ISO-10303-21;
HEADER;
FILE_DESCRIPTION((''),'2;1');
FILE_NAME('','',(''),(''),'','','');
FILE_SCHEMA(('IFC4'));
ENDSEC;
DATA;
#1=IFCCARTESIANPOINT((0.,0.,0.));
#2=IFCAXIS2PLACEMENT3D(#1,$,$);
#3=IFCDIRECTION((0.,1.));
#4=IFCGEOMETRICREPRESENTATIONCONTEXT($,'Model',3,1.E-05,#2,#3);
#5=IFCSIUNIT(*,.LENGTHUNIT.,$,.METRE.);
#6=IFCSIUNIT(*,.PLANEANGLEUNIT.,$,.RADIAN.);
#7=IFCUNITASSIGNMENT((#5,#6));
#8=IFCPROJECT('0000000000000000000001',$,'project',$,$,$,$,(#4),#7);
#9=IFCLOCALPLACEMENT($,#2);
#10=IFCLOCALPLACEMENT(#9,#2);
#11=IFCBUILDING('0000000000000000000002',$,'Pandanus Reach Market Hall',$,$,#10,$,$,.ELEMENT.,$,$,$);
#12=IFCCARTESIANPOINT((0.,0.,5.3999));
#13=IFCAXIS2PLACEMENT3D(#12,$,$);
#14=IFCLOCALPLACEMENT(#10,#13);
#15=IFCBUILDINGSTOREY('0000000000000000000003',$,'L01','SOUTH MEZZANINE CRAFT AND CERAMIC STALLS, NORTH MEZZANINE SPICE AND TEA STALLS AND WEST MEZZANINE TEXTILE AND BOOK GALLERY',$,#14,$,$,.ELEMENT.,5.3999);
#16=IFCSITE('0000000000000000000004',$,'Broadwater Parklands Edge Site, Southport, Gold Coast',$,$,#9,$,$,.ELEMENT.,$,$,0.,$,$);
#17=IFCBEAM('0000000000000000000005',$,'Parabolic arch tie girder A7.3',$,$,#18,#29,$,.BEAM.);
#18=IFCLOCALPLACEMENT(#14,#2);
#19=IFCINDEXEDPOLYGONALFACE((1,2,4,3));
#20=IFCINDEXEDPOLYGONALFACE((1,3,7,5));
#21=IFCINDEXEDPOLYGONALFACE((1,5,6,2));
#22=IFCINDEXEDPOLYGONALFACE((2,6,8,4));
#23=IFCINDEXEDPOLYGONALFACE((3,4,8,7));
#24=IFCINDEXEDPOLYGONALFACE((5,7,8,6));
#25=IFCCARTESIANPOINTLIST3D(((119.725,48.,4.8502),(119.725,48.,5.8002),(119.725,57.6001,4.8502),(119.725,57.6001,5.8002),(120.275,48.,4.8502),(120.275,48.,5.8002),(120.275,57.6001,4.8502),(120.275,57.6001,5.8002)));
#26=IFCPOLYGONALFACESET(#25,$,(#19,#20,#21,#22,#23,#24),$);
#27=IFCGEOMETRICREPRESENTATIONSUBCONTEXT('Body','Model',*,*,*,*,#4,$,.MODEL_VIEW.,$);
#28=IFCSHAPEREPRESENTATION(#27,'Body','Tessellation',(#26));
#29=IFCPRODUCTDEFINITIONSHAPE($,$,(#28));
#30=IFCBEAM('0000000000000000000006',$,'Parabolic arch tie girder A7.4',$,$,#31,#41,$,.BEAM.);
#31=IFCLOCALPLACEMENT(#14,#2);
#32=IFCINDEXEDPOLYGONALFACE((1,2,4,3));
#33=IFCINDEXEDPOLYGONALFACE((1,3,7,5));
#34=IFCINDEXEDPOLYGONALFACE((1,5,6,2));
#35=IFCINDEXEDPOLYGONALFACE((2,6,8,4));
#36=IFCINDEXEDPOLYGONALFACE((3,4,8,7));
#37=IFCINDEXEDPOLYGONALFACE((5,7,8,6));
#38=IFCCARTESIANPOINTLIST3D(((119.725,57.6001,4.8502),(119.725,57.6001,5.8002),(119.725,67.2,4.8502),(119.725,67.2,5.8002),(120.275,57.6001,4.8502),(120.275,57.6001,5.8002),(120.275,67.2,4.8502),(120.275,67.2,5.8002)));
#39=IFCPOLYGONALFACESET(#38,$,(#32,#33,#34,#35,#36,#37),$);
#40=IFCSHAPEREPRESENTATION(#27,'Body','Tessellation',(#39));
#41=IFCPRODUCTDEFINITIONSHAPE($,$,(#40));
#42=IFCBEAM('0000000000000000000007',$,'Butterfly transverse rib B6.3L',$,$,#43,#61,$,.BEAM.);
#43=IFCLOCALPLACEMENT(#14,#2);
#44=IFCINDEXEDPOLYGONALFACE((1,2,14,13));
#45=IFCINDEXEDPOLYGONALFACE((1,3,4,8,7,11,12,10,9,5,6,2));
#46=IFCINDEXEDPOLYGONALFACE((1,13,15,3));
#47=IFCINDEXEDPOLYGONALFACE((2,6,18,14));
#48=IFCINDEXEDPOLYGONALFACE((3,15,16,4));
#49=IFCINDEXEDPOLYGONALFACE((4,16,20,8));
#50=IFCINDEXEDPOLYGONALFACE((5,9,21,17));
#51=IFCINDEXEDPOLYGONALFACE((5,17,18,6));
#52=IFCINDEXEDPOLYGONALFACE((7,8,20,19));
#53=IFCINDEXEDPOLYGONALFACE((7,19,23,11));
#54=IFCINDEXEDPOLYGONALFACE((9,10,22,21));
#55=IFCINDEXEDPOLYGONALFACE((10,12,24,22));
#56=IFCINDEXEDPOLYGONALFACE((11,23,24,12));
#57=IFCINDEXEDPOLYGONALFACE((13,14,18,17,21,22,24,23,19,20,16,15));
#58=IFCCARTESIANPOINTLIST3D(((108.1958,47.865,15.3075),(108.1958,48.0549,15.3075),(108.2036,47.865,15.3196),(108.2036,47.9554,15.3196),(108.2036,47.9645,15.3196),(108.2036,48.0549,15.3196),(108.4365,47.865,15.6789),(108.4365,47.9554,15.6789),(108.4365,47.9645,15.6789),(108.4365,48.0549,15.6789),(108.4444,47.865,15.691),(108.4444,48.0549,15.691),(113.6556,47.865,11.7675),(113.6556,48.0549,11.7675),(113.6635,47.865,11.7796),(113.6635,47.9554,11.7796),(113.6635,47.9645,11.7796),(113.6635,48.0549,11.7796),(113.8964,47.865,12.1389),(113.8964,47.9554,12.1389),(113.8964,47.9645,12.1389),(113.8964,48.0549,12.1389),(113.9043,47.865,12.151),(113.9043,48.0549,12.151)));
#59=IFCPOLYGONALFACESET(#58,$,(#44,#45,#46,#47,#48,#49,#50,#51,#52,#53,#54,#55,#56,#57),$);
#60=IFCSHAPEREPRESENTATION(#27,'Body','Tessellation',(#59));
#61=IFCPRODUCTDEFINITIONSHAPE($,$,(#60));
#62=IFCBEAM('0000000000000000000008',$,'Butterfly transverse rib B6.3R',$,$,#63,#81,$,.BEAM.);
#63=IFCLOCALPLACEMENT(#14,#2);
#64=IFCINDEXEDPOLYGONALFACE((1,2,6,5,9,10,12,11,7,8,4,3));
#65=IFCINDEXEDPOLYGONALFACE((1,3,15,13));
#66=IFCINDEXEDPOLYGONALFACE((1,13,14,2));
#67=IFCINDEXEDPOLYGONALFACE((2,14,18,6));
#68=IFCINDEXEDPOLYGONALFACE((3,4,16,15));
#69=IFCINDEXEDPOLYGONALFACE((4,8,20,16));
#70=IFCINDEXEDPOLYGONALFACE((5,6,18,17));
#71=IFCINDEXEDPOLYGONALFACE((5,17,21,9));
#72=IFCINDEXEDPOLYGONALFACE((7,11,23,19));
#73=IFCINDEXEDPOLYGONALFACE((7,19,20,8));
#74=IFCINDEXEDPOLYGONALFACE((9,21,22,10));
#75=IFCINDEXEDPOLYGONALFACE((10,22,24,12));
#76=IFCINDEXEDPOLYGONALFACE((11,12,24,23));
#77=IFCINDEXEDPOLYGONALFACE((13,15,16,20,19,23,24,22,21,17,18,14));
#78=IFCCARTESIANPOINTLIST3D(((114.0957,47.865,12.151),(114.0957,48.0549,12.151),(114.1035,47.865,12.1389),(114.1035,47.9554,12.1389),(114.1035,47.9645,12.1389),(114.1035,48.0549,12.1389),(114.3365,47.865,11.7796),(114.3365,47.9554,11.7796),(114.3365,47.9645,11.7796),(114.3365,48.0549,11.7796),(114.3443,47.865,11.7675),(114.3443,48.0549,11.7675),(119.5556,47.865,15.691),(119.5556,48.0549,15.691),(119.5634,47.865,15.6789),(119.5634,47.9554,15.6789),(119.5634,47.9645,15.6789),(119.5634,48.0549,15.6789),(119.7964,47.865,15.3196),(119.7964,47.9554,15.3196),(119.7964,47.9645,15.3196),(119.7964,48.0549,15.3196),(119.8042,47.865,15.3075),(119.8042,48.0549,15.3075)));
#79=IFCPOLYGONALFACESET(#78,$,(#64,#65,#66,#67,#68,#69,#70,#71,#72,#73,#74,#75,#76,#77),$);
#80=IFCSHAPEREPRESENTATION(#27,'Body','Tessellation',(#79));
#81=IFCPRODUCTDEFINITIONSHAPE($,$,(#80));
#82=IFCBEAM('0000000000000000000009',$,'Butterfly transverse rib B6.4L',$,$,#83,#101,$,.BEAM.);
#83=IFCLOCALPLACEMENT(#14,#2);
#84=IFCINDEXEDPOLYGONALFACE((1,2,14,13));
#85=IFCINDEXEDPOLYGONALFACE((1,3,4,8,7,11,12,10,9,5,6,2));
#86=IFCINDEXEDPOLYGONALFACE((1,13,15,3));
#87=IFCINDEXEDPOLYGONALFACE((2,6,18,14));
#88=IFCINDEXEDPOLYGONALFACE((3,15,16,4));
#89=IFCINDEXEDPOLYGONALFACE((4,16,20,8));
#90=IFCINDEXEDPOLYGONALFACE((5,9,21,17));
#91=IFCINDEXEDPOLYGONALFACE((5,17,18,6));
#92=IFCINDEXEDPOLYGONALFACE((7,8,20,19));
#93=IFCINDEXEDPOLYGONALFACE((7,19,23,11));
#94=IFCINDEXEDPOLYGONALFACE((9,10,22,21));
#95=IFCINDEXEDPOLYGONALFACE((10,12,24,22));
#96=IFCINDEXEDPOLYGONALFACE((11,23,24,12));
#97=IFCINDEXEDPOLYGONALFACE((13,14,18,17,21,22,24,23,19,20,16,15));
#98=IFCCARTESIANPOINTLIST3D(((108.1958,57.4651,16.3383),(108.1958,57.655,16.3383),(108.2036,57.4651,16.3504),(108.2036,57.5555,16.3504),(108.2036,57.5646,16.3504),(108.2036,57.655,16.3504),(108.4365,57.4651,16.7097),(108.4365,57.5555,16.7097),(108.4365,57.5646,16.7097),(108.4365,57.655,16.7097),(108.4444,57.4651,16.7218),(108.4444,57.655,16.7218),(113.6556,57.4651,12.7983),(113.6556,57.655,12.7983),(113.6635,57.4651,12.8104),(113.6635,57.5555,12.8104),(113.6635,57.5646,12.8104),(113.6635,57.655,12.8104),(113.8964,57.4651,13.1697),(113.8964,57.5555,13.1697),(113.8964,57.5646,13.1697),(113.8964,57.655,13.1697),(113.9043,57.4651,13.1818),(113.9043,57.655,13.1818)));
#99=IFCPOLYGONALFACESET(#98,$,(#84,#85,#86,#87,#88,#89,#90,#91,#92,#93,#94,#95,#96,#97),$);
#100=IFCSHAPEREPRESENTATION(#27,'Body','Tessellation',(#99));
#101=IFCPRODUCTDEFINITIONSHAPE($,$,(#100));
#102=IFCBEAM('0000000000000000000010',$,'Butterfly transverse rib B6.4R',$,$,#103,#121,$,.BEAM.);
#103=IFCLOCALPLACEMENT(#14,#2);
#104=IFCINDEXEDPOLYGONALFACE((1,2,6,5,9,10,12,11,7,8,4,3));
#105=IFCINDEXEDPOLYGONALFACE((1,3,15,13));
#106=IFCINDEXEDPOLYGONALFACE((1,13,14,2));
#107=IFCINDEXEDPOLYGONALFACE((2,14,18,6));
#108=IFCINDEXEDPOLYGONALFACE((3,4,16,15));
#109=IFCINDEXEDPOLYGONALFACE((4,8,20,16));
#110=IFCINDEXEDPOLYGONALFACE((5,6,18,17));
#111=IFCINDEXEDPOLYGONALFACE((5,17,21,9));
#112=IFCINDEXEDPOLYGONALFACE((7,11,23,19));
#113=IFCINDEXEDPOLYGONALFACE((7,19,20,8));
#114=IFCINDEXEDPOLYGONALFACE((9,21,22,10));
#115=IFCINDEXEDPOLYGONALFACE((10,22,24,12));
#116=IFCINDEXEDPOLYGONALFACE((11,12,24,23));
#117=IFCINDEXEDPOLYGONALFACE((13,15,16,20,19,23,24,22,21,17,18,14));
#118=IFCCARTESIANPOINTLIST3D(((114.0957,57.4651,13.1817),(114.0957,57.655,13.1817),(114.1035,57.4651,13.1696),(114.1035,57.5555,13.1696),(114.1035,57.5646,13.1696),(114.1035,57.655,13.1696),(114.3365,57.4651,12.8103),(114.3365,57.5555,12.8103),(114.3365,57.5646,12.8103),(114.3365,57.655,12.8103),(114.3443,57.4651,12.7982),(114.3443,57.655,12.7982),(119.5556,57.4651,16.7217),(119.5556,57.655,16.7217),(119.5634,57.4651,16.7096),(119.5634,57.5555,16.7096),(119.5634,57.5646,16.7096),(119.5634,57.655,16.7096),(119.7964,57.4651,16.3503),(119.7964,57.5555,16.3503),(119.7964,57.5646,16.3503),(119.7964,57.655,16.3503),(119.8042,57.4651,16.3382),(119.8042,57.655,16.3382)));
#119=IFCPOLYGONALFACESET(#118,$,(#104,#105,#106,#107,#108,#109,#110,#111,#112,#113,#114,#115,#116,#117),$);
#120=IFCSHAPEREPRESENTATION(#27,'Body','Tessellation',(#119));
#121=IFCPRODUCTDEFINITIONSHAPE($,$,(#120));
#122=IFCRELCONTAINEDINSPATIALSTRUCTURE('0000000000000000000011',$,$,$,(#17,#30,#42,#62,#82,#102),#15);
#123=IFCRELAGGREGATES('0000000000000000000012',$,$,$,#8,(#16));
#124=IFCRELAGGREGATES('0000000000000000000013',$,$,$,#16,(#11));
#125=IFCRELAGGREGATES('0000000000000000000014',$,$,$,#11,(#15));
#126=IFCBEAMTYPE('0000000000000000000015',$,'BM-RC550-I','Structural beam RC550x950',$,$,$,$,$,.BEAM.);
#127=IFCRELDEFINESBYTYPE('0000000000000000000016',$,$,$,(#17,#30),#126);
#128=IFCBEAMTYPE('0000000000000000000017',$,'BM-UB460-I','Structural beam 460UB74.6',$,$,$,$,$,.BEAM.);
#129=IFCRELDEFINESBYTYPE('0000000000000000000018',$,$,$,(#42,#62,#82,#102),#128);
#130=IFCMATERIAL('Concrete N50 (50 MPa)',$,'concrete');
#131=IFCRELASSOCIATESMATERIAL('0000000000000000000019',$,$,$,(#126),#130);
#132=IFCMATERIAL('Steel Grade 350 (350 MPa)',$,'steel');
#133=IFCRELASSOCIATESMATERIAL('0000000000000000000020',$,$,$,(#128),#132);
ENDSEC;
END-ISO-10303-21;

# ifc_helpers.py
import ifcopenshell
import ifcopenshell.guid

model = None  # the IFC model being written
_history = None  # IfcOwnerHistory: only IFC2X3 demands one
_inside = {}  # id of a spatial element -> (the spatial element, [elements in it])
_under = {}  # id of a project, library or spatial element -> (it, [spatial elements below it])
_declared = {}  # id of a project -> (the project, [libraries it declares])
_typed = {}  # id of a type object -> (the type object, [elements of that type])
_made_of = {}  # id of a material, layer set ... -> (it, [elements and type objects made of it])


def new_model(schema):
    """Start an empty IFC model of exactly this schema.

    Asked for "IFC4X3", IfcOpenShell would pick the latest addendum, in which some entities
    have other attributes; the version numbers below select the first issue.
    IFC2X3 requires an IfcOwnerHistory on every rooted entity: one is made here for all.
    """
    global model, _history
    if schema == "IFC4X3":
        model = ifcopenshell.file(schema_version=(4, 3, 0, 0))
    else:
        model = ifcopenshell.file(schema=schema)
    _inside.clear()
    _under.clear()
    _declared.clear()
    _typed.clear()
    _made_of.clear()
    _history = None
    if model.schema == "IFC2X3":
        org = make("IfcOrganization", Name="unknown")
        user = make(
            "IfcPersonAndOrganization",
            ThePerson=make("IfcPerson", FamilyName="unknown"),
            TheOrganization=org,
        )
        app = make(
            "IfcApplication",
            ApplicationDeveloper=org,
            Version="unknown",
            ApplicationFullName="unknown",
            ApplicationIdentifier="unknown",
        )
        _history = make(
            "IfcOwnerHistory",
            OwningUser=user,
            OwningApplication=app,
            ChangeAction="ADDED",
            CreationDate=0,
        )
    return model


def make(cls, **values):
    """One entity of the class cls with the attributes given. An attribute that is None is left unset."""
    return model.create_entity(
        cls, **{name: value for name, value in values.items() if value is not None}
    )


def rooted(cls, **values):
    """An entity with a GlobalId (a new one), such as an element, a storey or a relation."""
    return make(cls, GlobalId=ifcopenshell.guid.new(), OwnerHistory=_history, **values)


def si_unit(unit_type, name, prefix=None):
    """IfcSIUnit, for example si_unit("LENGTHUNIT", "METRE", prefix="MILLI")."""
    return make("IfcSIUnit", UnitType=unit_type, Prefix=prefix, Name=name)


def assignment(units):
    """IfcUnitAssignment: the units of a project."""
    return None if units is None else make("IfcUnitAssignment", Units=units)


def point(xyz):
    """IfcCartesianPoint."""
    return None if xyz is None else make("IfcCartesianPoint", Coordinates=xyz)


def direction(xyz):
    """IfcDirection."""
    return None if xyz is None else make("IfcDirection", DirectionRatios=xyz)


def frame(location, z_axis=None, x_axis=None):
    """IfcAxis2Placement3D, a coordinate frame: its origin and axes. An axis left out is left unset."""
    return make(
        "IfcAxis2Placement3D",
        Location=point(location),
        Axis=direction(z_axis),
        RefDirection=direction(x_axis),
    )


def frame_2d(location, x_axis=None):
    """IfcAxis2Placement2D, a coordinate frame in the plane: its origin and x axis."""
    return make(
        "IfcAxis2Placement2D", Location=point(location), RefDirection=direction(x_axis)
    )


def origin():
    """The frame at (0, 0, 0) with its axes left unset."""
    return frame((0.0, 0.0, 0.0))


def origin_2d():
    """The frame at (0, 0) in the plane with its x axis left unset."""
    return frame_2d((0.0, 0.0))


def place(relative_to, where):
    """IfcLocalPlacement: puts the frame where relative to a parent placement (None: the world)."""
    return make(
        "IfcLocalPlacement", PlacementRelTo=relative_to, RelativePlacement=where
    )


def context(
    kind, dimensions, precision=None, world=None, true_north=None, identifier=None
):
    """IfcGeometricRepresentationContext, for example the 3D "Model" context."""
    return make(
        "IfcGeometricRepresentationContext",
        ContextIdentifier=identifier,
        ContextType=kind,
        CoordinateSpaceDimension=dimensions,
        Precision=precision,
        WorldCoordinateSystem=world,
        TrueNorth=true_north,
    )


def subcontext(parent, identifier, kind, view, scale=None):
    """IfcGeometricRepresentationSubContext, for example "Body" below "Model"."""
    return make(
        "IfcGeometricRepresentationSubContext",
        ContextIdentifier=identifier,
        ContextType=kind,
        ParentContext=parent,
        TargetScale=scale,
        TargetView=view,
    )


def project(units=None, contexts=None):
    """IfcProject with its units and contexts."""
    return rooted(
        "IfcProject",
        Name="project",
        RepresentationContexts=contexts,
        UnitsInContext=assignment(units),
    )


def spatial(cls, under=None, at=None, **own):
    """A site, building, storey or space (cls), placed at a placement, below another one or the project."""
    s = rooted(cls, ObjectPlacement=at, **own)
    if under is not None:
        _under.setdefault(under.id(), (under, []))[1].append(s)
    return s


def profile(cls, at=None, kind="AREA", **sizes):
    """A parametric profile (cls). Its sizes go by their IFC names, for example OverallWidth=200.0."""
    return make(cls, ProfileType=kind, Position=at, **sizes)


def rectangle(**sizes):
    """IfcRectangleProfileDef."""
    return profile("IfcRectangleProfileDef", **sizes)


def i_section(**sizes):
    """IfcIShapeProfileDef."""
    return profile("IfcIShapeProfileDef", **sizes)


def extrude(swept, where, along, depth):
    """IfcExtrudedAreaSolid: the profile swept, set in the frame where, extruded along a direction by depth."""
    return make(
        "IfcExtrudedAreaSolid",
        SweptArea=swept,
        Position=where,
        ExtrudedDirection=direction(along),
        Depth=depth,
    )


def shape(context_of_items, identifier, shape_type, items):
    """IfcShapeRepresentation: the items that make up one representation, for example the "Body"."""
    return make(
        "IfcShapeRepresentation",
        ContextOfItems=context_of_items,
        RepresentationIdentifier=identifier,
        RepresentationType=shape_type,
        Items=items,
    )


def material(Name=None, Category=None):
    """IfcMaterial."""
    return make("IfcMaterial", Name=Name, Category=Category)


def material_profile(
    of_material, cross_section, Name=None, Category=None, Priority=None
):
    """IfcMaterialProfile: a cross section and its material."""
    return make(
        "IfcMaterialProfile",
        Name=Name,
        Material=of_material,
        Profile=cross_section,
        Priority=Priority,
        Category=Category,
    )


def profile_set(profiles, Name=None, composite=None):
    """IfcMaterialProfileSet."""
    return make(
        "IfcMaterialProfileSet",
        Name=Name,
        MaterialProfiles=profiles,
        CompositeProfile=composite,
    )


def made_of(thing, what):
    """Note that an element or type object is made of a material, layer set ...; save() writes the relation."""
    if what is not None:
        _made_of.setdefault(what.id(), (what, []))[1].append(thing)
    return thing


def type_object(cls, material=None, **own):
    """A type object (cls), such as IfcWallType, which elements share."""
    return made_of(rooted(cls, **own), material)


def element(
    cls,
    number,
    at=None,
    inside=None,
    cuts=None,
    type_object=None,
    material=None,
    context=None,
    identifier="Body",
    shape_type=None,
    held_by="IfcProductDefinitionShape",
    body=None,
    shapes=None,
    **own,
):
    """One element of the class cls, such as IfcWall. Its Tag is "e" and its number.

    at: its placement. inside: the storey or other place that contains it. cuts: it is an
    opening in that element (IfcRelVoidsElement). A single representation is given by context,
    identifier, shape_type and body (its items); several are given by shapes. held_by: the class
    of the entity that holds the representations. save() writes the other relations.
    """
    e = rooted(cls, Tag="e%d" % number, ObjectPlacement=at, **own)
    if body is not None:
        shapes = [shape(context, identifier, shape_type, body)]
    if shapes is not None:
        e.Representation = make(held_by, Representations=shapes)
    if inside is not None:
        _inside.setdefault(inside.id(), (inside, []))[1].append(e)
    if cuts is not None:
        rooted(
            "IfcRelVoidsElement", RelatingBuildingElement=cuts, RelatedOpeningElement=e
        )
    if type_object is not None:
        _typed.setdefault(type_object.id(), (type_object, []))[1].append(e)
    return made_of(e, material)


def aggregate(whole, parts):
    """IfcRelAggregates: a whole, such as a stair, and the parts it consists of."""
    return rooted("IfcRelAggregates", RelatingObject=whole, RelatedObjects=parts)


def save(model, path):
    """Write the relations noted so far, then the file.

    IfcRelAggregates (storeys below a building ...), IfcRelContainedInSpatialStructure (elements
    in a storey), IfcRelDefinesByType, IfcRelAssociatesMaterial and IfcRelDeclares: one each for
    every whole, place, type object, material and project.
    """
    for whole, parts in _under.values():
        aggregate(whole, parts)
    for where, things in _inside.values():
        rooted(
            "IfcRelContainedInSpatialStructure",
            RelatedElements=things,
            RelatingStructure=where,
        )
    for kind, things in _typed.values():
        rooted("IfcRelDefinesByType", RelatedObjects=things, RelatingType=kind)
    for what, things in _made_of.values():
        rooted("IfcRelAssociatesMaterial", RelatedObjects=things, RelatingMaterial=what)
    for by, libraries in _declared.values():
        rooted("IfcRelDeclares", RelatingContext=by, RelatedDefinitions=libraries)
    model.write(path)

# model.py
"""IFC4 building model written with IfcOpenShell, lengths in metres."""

from ifc_helpers import new_model, si_unit, direction, frame, origin, origin_2d, place, context, subcontext, project, spatial, rectangle, i_section, extrude, material, material_profile, profile_set, type_object, element, save


model = new_model("IFC4")

# Units and contexts
model_context = context("Model", 3, precision=1e-05, world=origin(), true_north=direction((0.0, 1.0)))
body_context = subcontext(model_context, "Body", "Model", "MODEL_VIEW")
ifc_project = project(units=[si_unit("LENGTHUNIT", "METRE"), si_unit("PLANEANGLEUNIT", "RADIAN")], contexts=[model_context])

# Site, building, storey
site_placement = place(None, origin())
site = spatial("IfcSite", under=ifc_project, at=site_placement, Name="Broadwater Parklands Edge Site, Southport, Gold Coast", CompositionType="ELEMENT", RefElevation=0.0)
building_placement = place(site_placement, origin())
building = spatial("IfcBuilding", under=site, at=building_placement, Name="Pandanus Reach Market Hall", CompositionType="ELEMENT")
storey_placement = place(building_placement, frame((0.0, 0.0, 5.3999)))
storey = spatial("IfcBuildingStorey", under=building, at=storey_placement, Name="L01", Description="SOUTH MEZZANINE CRAFT AND CERAMIC STALLS, NORTH MEZZANINE SPICE AND TEA STALLS AND WEST MEZZANINE TEXTILE AND BOOK GALLERY", CompositionType="ELEMENT", Elevation=5.3999)

# Shared definitions
ifc_material_1 = material(Name="Concrete N50 (50 MPa)", Category="concrete")

# Beams
ifc_material_profile_1 = material_profile(ifc_material_1, rectangle(XDim=0.55, YDim=0.95, at=origin_2d()), Name="RC550x950", Category="LoadBearing")
ifc_profile_set_1 = profile_set([ifc_material_profile_1], Name="Concrete N50 (50 MPa)")
beam_type_1 = type_object("IfcBeamType", Name="BM-RC550-I", Description="Structural beam RC550x950", PredefinedType="BEAM", material=ifc_profile_set_1)
beam_1_placement = place(storey_placement, frame((120.0, 48.0, 5.3252), z_axis=(0.0, 1.0, 0.0), x_axis=(-1.0, 0.0, 0.0)))
element("IfcBeam", 1, at=beam_1_placement, inside=storey, type_object=beam_type_1, Name="Parabolic arch tie girder A7.3", PredefinedType="BEAM", context=body_context, shape_type="SweptSolid", body=[
    extrude(rectangle(XDim=0.55, YDim=0.95, at=origin_2d()), origin(), (0.0, 0.0, 1.0), 9.6001),
])
beam_2_placement = place(storey_placement, frame((120.0, 57.6001, 5.3252), z_axis=(0.0, 1.0, 0.0), x_axis=(-1.0, 0.0, 0.0)))
element("IfcBeam", 2, at=beam_2_placement, inside=storey, type_object=beam_type_1, Name="Parabolic arch tie girder A7.4", PredefinedType="BEAM", context=body_context, shape_type="SweptSolid", body=[
    extrude(rectangle(XDim=0.55, YDim=0.95, at=origin_2d()), origin(), (0.0, 0.0, 1.0), 9.5999),
])
ifc_material_2 = material(Name="Steel Grade 350 (350 MPa)", Category="steel")
ifc_material_profile_2 = material_profile(ifc_material_2, i_section(OverallWidth=0.1899, OverallDepth=0.457, WebThickness=0.009, FlangeThickness=0.0144, at=origin_2d()), Name="460UB74.6", Category="LoadBearing")
ifc_profile_set_2 = profile_set([ifc_material_profile_2], Name="Steel Grade 350 (350 MPa)")
beam_type_2 = type_object("IfcBeamType", Name="BM-UB460-I", Description="Structural beam 460UB74.6", PredefinedType="BEAM", material=ifc_profile_set_2)
for number, where, z_axis, x_axis, name in (
    (3, (108.3201, 47.96, 15.4993), (0.839071, 0.0, -0.544023), (0.0, 1.0, 0.0), "Butterfly transverse rib B6.3L"),
    (4, (114.22, 47.96, 11.9592), (0.839071, 0.0, 0.544023), (0.0, 1.0, 0.0), "Butterfly transverse rib B6.3R"),
    (5, (108.3201, 57.5601, 16.53), (0.839071, 0.0, -0.544023), (0.0, 1.0, 0.0), "Butterfly transverse rib B6.4L"),
    (6, (114.22, 57.5601, 12.99), (0.839071, 0.0, 0.544023), (0.0, 1.0, 0.0), "Butterfly transverse rib B6.4R"),
):
    element("IfcBeam", number, at=place(storey_placement, frame(where, z_axis=z_axis, x_axis=x_axis)), inside=storey, type_object=beam_type_2, Name=name, PredefinedType="BEAM", context=body_context, shape_type="SweptSolid", body=[
        extrude(i_section(OverallWidth=0.1899, OverallDepth=0.457, WebThickness=0.009, FlangeThickness=0.0144, at=origin_2d()), origin(), (0.0, 0.0, 1.0), 6.5071),
    ])

save(model, "model.ifc")
